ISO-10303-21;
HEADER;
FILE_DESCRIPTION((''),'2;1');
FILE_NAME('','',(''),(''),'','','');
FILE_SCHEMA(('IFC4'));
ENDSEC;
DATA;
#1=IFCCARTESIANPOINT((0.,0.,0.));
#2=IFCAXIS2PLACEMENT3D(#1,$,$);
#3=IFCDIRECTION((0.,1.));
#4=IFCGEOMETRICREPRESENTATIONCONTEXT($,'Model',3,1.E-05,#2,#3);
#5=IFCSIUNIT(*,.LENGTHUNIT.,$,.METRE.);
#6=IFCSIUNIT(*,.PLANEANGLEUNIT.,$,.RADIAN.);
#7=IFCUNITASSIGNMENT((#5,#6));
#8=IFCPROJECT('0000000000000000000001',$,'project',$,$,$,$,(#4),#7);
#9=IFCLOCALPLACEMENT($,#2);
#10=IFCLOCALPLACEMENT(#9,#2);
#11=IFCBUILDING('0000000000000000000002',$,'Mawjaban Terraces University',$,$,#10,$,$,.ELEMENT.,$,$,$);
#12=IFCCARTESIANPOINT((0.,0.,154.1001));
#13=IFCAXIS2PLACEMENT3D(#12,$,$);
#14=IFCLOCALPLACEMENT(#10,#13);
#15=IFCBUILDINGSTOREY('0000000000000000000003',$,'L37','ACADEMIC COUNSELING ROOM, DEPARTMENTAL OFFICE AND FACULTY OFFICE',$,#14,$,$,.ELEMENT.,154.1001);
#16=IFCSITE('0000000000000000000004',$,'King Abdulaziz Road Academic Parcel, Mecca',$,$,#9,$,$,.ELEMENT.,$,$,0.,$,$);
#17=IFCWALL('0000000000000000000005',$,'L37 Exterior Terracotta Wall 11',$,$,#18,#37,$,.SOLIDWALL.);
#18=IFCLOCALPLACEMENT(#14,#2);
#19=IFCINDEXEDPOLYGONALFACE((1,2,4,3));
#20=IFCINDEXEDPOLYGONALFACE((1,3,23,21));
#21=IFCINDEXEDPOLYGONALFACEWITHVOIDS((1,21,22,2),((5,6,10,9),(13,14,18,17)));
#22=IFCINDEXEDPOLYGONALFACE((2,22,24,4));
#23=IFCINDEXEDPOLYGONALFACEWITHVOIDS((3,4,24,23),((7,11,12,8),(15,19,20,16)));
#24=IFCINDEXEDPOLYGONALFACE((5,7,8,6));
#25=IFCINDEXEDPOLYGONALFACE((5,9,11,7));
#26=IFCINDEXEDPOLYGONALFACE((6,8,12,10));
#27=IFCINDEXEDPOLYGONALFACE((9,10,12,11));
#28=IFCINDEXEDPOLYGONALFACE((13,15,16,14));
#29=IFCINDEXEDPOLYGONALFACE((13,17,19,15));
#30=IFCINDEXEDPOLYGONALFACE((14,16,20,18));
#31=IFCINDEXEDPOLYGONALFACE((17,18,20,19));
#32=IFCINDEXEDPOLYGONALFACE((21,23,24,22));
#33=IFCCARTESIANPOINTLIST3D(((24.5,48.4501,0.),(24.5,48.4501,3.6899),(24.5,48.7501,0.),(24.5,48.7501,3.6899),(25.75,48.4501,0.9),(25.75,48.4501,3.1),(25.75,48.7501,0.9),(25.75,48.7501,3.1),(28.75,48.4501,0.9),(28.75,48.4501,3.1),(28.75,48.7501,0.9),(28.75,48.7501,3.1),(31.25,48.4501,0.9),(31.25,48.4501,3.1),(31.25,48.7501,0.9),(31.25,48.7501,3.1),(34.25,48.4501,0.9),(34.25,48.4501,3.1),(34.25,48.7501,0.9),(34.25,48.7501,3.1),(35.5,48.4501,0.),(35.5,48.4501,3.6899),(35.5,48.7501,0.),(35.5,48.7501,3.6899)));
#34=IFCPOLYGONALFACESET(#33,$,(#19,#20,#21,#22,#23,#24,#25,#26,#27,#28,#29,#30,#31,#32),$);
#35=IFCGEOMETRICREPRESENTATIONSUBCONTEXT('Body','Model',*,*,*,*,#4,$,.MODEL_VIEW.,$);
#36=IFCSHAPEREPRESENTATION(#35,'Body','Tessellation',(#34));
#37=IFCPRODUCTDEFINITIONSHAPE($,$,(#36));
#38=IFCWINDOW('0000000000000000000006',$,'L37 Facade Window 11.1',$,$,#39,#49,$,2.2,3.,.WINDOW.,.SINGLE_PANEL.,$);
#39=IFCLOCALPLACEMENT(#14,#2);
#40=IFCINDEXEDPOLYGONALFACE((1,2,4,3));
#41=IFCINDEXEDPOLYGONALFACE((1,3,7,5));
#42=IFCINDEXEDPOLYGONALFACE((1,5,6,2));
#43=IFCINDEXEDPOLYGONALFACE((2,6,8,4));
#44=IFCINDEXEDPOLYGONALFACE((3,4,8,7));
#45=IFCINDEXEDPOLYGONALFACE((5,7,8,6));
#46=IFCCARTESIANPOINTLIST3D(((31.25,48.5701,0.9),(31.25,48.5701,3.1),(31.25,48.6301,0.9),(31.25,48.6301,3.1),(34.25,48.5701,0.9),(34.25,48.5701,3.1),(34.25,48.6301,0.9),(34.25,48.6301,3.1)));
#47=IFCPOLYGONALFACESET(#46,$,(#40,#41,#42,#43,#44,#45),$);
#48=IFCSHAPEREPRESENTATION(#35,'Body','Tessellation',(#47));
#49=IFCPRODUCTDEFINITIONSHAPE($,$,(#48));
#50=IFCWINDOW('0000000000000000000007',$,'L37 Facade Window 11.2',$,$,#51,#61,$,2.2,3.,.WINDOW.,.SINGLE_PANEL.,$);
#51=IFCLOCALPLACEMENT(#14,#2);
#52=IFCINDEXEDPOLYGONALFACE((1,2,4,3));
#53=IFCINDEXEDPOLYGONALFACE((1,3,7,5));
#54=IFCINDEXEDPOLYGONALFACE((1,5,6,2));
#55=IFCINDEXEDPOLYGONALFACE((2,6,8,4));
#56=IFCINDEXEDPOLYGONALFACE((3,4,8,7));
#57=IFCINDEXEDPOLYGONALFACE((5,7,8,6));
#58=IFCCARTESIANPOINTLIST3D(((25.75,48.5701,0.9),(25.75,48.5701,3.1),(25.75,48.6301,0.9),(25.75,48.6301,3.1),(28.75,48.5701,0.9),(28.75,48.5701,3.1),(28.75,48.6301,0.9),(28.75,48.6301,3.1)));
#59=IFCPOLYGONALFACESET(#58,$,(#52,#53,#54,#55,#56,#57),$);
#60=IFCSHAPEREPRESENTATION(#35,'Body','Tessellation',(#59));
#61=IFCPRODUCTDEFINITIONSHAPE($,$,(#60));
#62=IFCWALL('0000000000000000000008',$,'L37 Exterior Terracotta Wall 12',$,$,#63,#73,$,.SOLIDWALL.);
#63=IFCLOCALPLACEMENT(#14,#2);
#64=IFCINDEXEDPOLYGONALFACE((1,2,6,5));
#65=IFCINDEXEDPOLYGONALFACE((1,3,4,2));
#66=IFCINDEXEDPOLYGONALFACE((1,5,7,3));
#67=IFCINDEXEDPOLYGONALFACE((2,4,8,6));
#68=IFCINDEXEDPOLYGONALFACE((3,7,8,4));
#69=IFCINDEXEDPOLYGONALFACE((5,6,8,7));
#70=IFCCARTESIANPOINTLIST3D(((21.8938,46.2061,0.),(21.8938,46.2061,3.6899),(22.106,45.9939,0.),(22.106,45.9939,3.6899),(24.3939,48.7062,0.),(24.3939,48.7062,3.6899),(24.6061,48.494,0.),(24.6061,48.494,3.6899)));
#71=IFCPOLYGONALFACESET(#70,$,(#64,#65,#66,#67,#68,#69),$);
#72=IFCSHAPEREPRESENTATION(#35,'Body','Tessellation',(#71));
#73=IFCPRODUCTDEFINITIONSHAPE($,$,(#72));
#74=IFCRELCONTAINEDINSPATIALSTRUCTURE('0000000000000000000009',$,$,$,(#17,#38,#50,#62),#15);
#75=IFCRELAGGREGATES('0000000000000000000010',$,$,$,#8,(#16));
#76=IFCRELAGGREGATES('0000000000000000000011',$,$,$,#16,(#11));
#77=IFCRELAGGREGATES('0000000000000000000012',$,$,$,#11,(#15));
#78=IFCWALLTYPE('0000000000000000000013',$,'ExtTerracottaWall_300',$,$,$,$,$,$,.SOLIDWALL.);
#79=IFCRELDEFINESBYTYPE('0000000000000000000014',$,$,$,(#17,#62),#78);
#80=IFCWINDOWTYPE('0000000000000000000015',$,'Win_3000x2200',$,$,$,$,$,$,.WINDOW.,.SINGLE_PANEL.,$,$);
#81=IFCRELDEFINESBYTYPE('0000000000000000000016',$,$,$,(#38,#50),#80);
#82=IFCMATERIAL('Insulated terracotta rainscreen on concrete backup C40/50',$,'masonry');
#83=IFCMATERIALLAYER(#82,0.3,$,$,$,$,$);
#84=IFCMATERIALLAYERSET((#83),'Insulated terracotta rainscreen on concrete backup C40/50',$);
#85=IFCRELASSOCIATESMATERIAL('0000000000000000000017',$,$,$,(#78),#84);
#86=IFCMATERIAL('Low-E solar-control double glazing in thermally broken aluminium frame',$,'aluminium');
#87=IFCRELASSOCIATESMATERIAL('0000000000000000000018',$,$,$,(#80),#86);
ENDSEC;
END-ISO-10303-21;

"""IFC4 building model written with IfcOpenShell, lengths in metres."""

from ifc_helpers import new_model, si_unit, direction, frame, frame_2d, origin, place, context, subcontext, project, spatial, rectangle, extrude, material, layer, layer_set, type_object, element, fill, save


model = new_model("IFC4")

# Units and contexts
model_context = context("Model", 3, precision=1e-05, world=origin(), true_north=direction((0.0, 1.0)))
body_context = subcontext(model_context, "Body", "Model", "MODEL_VIEW")
ifc_project = project(units=[si_unit("LENGTHUNIT", "METRE"), si_unit("PLANEANGLEUNIT", "RADIAN")], contexts=[model_context])

# Site, building, storey
site_placement = place(None, origin())
site = spatial("IfcSite", under=ifc_project, at=site_placement, Name="King Abdulaziz Road Academic Parcel, Mecca", CompositionType="ELEMENT", RefElevation=0.0)
building_placement = place(site_placement, origin())
building = spatial("IfcBuilding", under=site, at=building_placement, Name="Mawjaban Terraces University", CompositionType="ELEMENT")
storey_placement = place(building_placement, frame((0.0, 0.0, 154.1001)))
storey = spatial("IfcBuildingStorey", under=building, at=storey_placement, Name="L37", Description="ACADEMIC COUNSELING ROOM, DEPARTMENTAL OFFICE AND FACULTY OFFICE", CompositionType="ELEMENT", Elevation=154.1001)

# Wall, openings, windows
ifc_material_1 = material(Name="Insulated terracotta rainscreen on concrete backup C40/50", Category="masonry")
ifc_layer_1 = layer(ifc_material_1, 0.3)
ifc_layer_set_1 = layer_set([ifc_layer_1], Name="Insulated terracotta rainscreen on concrete backup C40/50")
wall_type_1 = type_object("IfcWallType", Name="ExtTerracottaWall_300", PredefinedType="SOLIDWALL", material=ifc_layer_set_1)
wall_1_placement = place(storey_placement, frame((35.5, 48.6001, 0.0), z_axis=(0.0, 0.0, 1.0), x_axis=(-1.0, 0.0, 0.0)))
wall_1 = element("IfcWall", 1, at=wall_1_placement, inside=storey, type_object=wall_type_1, Name="L37 Exterior Terracotta Wall 11", PredefinedType="SOLIDWALL", context=body_context, shape_type="SweptSolid", body=[
    extrude(rectangle(XDim=11.0, YDim=0.3, at=frame_2d((5.5, 0.0))), origin(), (0.0, 0.0, 1.0), 3.6899),
])
opening_1_placement = place(wall_1_placement, frame((1.25, 0.0, 0.8999)))
opening_1 = element("IfcOpeningElement", 2, at=opening_1_placement, cuts=wall_1, PredefinedType="OPENING", context=body_context, shape_type="SweptSolid", body=[
    extrude(rectangle(XDim=3.0, YDim=2.2, at=frame_2d((1.5, 1.1001))), frame((0.0, 0.1599, 0.0), z_axis=(0.0, -1.0, 0.0), x_axis=(1.0, 0.0, 0.0)), (0.0, 0.0, 1.0), 0.3201),
])
opening_2_placement = place(wall_1_placement, frame((6.75, 0.0, 0.8999)))
opening_2 = element("IfcOpeningElement", 3, at=opening_2_placement, cuts=wall_1, PredefinedType="OPENING", context=body_context, shape_type="SweptSolid", body=[
    extrude(rectangle(XDim=3.0, YDim=2.2, at=frame_2d((1.5, 1.1001))), frame((0.0, 0.1599, 0.0), z_axis=(0.0, -1.0, 0.0), x_axis=(1.0, 0.0, 0.0)), (0.0, 0.0, 1.0), 0.3201),
])
ifc_material_2 = material(Name="Low-E solar-control double glazing in thermally broken aluminium frame", Category="aluminium")
window_type_1 = type_object("IfcWindowType", Name="Win_3000x2200", PartitioningType="SINGLE_PANEL", PredefinedType="WINDOW", material=ifc_material_2)
window_1_placement = place(opening_1_placement, origin())
window_1 = element("IfcWindow", 4, at=window_1_placement, inside=storey, type_object=window_type_1, Name="L37 Facade Window 11.1", OverallHeight=2.2, OverallWidth=3.0, PartitioningType="SINGLE_PANEL", PredefinedType="WINDOW", context=body_context, shape_type="SweptSolid", body=[
    extrude(rectangle(XDim=3.0, YDim=2.2, at=frame_2d((1.5, 1.1001))), frame((0.0, 0.03, 0.0), z_axis=(0.0, -1.0, 0.0), x_axis=(1.0, 0.0, 0.0)), (0.0, 0.0, 1.0), 0.0601),
])
fill(opening_1, window_1)
window_2_placement = place(opening_2_placement, origin())
window_2 = element("IfcWindow", 5, at=window_2_placement, inside=storey, type_object=window_type_1, Name="L37 Facade Window 11.2", OverallHeight=2.2, OverallWidth=3.0, PartitioningType="SINGLE_PANEL", PredefinedType="WINDOW", context=body_context, shape_type="SweptSolid", body=[
    extrude(rectangle(XDim=3.0, YDim=2.2, at=frame_2d((1.5, 1.1001))), frame((0.0, 0.03, 0.0), z_axis=(0.0, -1.0, 0.0), x_axis=(1.0, 0.0, 0.0)), (0.0, 0.0, 1.0), 0.0601),
])
fill(opening_2, window_2)

# Wall
wall_2_placement = place(storey_placement, frame((24.5, 48.6001, 0.0), z_axis=(0.0, 0.0, 1.0), x_axis=(-0.707107, -0.707107, 0.0)))
element("IfcWall", 6, at=wall_2_placement, inside=storey, type_object=wall_type_1, Name="L37 Exterior Terracotta Wall 12", PredefinedType="SOLIDWALL", context=body_context, shape_type="SweptSolid", body=[
    extrude(rectangle(XDim=3.5356, YDim=0.3, at=frame_2d((1.7678, 0.0))), origin(), (0.0, 0.0, 1.0), 3.6899),
])

save(model, "model.ifc")
